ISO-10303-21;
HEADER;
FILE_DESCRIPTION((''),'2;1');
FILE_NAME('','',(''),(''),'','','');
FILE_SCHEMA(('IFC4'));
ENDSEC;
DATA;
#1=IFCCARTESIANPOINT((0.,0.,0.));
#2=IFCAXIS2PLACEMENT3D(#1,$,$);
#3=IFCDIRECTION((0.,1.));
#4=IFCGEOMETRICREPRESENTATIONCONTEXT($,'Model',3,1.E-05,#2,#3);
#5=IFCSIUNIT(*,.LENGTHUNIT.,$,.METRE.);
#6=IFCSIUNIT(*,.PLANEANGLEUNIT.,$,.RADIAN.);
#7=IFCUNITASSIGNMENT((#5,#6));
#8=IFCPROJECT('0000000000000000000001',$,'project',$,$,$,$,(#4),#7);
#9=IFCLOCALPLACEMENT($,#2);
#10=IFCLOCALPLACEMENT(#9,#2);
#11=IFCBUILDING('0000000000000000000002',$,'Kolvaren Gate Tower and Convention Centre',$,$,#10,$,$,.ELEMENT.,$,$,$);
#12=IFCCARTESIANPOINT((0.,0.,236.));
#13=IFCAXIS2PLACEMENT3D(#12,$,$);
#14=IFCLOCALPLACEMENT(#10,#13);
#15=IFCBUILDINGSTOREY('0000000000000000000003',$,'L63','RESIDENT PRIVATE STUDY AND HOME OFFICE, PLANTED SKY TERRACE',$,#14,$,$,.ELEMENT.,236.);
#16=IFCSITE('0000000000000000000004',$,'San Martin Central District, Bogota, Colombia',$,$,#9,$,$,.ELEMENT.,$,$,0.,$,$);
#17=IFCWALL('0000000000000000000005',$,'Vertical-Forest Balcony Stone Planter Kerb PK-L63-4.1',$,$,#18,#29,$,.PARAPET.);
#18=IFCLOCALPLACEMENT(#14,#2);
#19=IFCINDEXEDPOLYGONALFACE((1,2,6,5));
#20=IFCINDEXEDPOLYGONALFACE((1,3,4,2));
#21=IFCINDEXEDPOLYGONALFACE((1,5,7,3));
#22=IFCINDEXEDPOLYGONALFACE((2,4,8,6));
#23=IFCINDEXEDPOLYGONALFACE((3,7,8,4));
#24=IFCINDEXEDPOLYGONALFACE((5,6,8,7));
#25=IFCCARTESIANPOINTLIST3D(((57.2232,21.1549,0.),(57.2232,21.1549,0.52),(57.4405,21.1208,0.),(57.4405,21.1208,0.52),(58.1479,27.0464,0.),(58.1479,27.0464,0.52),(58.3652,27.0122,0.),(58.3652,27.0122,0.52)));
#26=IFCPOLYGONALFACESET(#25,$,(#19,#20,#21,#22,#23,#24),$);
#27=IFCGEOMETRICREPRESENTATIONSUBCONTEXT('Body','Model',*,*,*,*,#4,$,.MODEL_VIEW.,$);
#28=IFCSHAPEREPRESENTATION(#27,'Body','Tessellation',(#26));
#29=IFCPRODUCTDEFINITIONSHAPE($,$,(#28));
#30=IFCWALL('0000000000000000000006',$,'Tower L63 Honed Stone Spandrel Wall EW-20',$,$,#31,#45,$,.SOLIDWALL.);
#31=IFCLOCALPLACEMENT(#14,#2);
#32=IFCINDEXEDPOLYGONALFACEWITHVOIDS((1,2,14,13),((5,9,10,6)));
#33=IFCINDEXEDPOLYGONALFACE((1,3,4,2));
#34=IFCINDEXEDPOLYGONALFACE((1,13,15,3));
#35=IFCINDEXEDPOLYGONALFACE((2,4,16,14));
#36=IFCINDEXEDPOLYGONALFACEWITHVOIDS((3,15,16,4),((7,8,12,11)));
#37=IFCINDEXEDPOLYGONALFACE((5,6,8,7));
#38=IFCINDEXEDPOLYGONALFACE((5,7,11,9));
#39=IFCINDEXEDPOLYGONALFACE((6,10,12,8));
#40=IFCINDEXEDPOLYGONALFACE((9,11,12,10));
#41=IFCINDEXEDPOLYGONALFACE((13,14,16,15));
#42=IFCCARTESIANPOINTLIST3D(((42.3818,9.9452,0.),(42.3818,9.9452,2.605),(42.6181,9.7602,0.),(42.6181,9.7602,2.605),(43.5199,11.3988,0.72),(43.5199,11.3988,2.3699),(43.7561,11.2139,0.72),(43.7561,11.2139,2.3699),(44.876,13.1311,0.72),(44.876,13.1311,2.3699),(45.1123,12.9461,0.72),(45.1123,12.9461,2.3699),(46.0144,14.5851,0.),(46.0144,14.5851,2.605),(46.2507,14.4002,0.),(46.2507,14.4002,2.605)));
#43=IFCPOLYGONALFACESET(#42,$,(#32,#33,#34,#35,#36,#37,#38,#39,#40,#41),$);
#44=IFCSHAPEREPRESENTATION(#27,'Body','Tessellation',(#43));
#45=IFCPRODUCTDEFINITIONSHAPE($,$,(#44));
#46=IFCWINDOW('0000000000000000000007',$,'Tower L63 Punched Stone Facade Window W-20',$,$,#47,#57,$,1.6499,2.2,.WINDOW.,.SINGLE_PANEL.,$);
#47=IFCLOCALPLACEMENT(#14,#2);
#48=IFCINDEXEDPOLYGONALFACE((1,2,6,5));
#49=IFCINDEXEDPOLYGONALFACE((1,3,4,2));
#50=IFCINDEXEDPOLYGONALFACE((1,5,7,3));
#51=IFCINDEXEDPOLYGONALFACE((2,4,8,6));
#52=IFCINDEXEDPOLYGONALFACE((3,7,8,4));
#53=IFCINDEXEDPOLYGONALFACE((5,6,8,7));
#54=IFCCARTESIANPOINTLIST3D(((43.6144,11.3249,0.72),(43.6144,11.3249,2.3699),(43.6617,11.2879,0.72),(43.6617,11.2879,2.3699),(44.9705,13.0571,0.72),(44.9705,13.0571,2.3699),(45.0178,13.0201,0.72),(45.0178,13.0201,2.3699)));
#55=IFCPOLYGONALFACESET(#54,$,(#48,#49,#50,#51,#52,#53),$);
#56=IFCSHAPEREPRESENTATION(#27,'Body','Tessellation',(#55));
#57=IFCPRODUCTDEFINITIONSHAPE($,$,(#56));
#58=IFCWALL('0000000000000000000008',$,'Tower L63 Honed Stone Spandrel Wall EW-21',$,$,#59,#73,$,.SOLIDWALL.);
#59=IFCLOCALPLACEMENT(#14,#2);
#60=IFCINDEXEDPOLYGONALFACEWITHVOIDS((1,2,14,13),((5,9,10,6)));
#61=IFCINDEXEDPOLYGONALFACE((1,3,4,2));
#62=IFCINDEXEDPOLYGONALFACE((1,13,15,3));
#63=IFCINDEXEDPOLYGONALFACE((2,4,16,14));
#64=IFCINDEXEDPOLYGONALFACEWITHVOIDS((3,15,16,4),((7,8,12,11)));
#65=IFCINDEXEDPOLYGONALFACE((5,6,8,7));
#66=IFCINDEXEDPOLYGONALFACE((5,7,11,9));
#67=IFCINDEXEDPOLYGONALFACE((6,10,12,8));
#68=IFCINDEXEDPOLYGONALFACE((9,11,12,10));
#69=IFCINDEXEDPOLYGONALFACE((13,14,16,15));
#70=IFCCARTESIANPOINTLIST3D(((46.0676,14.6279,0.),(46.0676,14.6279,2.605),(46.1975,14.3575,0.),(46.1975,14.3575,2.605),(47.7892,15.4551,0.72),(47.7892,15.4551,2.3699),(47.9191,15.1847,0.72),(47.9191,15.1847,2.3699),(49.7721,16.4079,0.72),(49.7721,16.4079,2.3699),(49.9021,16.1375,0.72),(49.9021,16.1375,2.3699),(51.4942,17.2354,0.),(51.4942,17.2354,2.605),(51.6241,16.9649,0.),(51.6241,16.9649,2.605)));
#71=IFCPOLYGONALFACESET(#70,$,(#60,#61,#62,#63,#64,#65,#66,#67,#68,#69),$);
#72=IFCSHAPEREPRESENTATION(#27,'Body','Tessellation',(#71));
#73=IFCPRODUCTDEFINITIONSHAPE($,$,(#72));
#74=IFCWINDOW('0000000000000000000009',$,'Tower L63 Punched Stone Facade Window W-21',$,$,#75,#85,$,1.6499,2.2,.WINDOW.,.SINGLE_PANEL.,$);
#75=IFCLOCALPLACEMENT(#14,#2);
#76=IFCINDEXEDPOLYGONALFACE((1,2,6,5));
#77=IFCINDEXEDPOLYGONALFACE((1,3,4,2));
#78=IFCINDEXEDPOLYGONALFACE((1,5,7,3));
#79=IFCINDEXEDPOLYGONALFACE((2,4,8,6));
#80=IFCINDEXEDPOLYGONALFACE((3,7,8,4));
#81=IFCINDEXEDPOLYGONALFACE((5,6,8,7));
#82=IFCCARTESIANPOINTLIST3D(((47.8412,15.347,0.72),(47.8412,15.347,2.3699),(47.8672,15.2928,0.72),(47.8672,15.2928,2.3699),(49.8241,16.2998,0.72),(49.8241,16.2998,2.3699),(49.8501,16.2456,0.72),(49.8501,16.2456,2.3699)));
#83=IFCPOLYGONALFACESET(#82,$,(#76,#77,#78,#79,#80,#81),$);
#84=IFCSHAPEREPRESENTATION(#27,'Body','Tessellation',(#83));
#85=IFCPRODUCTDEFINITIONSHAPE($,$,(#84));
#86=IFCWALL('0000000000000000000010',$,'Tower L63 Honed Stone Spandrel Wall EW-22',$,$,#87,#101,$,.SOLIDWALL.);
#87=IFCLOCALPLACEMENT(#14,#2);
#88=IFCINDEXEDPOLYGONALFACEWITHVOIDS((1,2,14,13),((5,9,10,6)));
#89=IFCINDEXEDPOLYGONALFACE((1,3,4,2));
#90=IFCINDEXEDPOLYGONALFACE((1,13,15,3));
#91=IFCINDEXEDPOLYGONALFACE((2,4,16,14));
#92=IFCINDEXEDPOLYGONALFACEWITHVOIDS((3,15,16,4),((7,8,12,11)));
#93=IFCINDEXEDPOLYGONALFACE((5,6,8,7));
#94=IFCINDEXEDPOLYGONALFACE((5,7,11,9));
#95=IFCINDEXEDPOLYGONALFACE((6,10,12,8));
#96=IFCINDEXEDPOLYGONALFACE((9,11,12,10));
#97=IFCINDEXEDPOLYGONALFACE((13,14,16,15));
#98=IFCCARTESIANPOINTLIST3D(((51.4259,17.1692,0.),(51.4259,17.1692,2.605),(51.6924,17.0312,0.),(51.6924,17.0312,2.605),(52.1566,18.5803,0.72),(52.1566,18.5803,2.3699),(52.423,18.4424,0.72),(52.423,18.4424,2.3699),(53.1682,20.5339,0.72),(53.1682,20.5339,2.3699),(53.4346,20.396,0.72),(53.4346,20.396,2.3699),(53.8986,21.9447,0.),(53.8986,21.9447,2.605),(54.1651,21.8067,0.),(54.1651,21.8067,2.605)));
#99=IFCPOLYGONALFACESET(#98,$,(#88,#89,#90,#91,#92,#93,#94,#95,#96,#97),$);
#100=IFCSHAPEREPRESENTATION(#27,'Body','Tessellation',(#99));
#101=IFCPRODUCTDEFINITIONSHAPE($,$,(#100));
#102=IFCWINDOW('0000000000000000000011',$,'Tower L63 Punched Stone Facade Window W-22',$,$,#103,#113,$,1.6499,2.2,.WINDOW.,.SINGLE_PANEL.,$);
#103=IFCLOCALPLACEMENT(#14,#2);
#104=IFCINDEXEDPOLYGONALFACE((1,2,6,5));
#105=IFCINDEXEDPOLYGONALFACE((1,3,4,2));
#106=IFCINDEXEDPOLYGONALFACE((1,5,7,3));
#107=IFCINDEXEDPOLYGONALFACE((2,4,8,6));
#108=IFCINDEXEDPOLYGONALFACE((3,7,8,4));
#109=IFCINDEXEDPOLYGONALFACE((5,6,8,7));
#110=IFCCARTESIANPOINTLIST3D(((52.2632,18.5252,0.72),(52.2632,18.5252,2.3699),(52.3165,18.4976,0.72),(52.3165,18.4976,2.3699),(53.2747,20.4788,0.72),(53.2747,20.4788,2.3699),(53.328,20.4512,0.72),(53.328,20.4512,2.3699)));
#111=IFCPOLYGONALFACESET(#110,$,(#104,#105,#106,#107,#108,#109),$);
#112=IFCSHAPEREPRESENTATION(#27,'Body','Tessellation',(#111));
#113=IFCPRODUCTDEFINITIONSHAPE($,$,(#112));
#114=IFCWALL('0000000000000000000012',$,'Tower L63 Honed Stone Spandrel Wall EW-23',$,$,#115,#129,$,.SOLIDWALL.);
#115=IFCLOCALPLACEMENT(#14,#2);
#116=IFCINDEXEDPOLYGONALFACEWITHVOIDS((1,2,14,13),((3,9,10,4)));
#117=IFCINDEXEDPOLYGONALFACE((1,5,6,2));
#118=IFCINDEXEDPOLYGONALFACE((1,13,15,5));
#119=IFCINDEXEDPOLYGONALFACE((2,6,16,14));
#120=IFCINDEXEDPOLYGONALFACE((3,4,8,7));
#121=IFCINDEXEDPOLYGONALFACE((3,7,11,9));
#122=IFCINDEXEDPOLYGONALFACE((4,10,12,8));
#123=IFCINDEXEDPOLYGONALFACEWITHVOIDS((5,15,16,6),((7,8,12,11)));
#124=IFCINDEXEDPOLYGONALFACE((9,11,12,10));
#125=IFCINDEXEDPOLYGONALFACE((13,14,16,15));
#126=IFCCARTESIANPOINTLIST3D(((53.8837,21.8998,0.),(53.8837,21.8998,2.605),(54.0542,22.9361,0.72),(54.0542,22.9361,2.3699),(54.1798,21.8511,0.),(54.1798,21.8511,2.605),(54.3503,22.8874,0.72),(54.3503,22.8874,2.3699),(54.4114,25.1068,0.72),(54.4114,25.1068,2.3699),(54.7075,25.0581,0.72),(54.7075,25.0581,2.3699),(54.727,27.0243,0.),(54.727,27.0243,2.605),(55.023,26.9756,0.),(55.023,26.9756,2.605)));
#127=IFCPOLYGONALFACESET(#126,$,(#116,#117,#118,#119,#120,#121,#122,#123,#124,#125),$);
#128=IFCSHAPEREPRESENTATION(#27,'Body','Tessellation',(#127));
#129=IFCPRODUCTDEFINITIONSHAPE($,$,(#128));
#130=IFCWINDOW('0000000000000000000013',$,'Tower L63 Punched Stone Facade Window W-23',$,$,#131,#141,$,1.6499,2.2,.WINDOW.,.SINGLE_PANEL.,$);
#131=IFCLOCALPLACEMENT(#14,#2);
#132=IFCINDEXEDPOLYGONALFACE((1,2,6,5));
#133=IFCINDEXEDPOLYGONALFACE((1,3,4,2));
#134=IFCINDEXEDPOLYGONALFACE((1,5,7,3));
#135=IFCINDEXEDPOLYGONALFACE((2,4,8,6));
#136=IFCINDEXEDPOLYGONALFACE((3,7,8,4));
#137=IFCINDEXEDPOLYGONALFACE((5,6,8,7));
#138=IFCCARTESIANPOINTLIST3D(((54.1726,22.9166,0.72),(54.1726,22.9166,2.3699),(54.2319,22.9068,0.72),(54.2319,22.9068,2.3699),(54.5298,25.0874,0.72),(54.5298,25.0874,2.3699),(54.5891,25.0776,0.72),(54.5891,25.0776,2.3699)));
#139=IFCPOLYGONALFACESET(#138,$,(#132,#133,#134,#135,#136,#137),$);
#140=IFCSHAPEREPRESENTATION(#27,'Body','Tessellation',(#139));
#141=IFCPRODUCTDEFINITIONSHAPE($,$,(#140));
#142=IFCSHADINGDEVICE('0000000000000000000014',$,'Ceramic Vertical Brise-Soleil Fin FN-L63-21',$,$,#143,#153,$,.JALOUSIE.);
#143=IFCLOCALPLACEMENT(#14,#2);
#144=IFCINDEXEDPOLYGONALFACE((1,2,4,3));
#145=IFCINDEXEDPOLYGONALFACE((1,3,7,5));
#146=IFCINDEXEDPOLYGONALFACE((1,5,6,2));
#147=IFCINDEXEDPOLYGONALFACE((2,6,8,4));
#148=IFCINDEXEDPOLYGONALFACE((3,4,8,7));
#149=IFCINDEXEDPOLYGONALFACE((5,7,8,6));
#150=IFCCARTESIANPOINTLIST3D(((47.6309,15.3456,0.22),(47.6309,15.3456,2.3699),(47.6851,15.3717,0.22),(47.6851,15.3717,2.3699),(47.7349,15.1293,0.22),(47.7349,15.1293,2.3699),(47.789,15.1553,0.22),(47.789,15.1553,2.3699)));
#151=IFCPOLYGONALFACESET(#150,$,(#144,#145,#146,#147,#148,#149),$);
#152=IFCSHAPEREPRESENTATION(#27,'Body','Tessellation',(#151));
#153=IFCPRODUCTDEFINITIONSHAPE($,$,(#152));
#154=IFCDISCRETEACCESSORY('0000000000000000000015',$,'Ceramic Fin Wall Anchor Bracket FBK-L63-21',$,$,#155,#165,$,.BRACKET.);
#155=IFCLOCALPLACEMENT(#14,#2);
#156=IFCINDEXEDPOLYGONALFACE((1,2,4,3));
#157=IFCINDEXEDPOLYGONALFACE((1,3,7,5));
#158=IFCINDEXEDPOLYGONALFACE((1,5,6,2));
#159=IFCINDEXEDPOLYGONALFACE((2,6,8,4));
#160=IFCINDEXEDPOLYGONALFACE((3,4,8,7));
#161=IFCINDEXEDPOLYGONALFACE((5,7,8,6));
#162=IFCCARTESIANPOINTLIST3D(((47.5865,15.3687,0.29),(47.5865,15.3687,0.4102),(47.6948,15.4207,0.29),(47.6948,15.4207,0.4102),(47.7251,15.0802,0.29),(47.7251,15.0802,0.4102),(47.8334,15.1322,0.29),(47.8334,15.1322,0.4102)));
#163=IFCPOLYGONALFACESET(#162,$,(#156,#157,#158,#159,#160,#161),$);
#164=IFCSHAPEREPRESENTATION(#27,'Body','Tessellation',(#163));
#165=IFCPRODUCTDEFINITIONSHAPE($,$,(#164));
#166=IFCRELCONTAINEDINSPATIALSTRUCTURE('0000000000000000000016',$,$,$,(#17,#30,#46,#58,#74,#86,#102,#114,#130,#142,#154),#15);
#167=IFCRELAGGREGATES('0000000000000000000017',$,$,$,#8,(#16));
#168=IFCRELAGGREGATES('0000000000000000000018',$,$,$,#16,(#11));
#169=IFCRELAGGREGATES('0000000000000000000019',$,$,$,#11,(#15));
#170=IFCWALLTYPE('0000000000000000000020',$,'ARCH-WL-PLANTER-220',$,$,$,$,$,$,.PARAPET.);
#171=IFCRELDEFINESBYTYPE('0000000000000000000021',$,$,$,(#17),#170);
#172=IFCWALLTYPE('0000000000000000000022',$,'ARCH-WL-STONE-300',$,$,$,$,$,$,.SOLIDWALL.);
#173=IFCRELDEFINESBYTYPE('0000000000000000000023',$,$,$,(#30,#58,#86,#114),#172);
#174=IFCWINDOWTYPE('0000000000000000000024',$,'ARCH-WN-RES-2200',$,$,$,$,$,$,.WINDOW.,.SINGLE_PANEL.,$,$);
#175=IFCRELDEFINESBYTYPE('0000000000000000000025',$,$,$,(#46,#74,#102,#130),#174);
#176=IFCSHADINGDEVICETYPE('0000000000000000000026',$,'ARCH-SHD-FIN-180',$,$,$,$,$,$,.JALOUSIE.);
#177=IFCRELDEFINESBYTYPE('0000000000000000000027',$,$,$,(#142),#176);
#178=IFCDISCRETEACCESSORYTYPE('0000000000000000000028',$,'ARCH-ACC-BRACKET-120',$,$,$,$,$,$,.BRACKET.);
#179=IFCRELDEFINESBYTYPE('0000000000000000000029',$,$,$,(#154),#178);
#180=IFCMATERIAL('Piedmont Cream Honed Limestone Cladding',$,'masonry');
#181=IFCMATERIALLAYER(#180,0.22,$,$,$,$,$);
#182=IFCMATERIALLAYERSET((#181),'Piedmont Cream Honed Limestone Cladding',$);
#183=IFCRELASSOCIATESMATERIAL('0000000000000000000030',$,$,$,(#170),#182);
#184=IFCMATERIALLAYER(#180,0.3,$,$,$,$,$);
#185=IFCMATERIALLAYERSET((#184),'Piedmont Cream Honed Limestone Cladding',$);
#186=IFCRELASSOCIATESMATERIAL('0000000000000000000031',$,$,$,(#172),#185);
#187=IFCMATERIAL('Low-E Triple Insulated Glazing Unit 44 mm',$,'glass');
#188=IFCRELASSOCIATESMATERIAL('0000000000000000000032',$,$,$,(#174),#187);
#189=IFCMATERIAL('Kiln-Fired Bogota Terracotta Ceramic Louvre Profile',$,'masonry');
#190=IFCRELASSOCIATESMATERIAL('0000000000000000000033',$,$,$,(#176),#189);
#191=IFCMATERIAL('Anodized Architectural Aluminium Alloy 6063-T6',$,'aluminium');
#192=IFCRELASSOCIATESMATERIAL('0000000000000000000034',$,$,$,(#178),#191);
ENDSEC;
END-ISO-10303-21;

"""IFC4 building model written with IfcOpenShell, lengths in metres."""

from ifc_helpers import new_model, si_unit, direction, frame, frame_2d, origin, origin_2d, place, context, subcontext, project, spatial, rectangle, extrude, material, layer, layer_set, type_object, element, fill, save


model = new_model("IFC4")

# Units and contexts
model_context = context("Model", 3, precision=1e-05, world=origin(), true_north=direction((0.0, 1.0)))
body_context = subcontext(model_context, "Body", "Model", "MODEL_VIEW")
ifc_project = project(units=[si_unit("LENGTHUNIT", "METRE"), si_unit("PLANEANGLEUNIT", "RADIAN")], contexts=[model_context])

# Site, building, storey
site_placement = place(None, origin())
site = spatial("IfcSite", under=ifc_project, at=site_placement, Name="San Martin Central District, Bogota, Colombia", CompositionType="ELEMENT", RefElevation=0.0)
building_placement = place(site_placement, origin())
building = spatial("IfcBuilding", under=site, at=building_placement, Name="Kolvaren Gate Tower and Convention Centre", CompositionType="ELEMENT")
storey_placement = place(building_placement, frame((0.0, 0.0, 236.0)))
storey = spatial("IfcBuildingStorey", under=building, at=storey_placement, Name="L63", Description="RESIDENT PRIVATE STUDY AND HOME OFFICE, PLANTED SKY TERRACE", CompositionType="ELEMENT", Elevation=236.0)

# Wall
ifc_material_1 = material(Name="Piedmont Cream Honed Limestone Cladding", Category="masonry")
ifc_layer_1 = layer(ifc_material_1, 0.22)
ifc_layer_set_1 = layer_set([ifc_layer_1], Name="Piedmont Cream Honed Limestone Cladding")
wall_type_1 = type_object("IfcWallType", Name="ARCH-WL-PLANTER-220", PredefinedType="PARAPET", material=ifc_layer_set_1)
wall_1_placement = place(storey_placement, frame((57.3318, 21.1377, 0.0), z_axis=(0.0, 0.0, 1.0), x_axis=(0.155071, 0.987903, 0.0)))
element("IfcWall", 1, at=wall_1_placement, inside=storey, type_object=wall_type_1, Name="Vertical-Forest Balcony Stone Planter Kerb PK-L63-4.1", PredefinedType="PARAPET", context=body_context, shape_type="SweptSolid", body=[
    extrude(rectangle(XDim=5.9636, YDim=0.22, at=frame_2d((2.9819, 0.0))), origin(), (0.0, 0.0, 1.0), 0.52),
])

# Walls, openings, windows
ifc_layer_2 = layer(ifc_material_1, 0.3)
ifc_layer_set_2 = layer_set([ifc_layer_2], Name="Piedmont Cream Honed Limestone Cladding")
wall_type_2 = type_object("IfcWallType", Name="ARCH-WL-STONE-300", PredefinedType="SOLIDWALL", material=ifc_layer_set_2)
wall_2_placement = place(storey_placement, frame((42.5, 9.8528, 0.0), z_axis=(0.0, 0.0, 1.0), x_axis=(0.61645, 0.787394, 0.0)))
wall_2 = element("IfcWall", 2, at=wall_2_placement, inside=storey, type_object=wall_type_2, Name="Tower L63 Honed Stone Spandrel Wall EW-20", PredefinedType="SOLIDWALL", context=body_context, shape_type="SweptSolid", body=[
    extrude(rectangle(XDim=5.8928, YDim=0.3, at=frame_2d((2.9463, 0.0))), origin(), (0.0, 0.0, 1.0), 2.605),
])
opening_1_placement = place(wall_2_placement, frame((1.8459, 0.0, 0.72)))
opening_1 = element("IfcOpeningElement", 3, at=opening_1_placement, cuts=wall_2, PredefinedType="OPENING", context=body_context, shape_type="SweptSolid", body=[
    extrude(rectangle(XDim=2.2, YDim=1.6499, at=frame_2d((1.1001, 0.825))), frame((0.0, 0.1599, 0.0), z_axis=(0.0, -1.0, 0.0), x_axis=(1.0, 0.0, 0.0)), (0.0, 0.0, 1.0), 0.3201),
])
ifc_material_2 = material(Name="Low-E Triple Insulated Glazing Unit 44 mm", Category="glass")
window_type = type_object("IfcWindowType", Name="ARCH-WN-RES-2200", PartitioningType="SINGLE_PANEL", PredefinedType="WINDOW", material=ifc_material_2)
window_1_placement = place(opening_1_placement, origin())
window_1 = element("IfcWindow", 4, at=window_1_placement, inside=storey, type_object=window_type, Name="Tower L63 Punched Stone Facade Window W-20", OverallHeight=1.6499, OverallWidth=2.2, PartitioningType="SINGLE_PANEL", PredefinedType="WINDOW", context=body_context, shape_type="SweptSolid", body=[
    extrude(rectangle(XDim=2.2, YDim=1.6499, at=frame_2d((1.1001, 0.825))), frame((0.0, 0.03, 0.0), z_axis=(0.0, -1.0, 0.0), x_axis=(1.0, 0.0, 0.0)), (0.0, 0.0, 1.0), 0.0601),
])
fill(opening_1, window_1)
wall_3_placement = place(storey_placement, frame((46.1326, 14.4927, 0.0), z_axis=(0.0, 0.0, 1.0), x_axis=(0.901348, 0.433095, 0.0)))
wall_3 = element("IfcWall", 5, at=wall_3_placement, inside=storey, type_object=wall_type_2, Name="Tower L63 Honed Stone Spandrel Wall EW-21", PredefinedType="SOLIDWALL", context=body_context, shape_type="SweptSolid", body=[
    extrude(rectangle(XDim=6.0205, YDim=0.3, at=frame_2d((3.0103, 0.0))), origin(), (0.0, 0.0, 1.0), 2.605),
])
opening_2_placement = place(wall_3_placement, frame((1.9099, 0.0, 0.72)))
opening_2 = element("IfcOpeningElement", 6, at=opening_2_placement, cuts=wall_3, PredefinedType="OPENING", context=body_context, shape_type="SweptSolid", body=[
    extrude(rectangle(XDim=2.2, YDim=1.6499, at=frame_2d((1.1001, 0.825))), frame((0.0, 0.1599, 0.0), z_axis=(0.0, -1.0, 0.0), x_axis=(1.0, 0.0, 0.0)), (0.0, 0.0, 1.0), 0.3201),
])
window_2_placement = place(opening_2_placement, origin())
window_2 = element("IfcWindow", 7, at=window_2_placement, inside=storey, type_object=window_type, Name="Tower L63 Punched Stone Facade Window W-21", OverallHeight=1.6499, OverallWidth=2.2, PartitioningType="SINGLE_PANEL", PredefinedType="WINDOW", context=body_context, shape_type="SweptSolid", body=[
    extrude(rectangle(XDim=2.2, YDim=1.6499, at=frame_2d((1.1001, 0.825))), frame((0.0, 0.03, 0.0), z_axis=(0.0, -1.0, 0.0), x_axis=(1.0, 0.0, 0.0)), (0.0, 0.0, 1.0), 0.0601),
])
fill(opening_2, window_2)
wall_4_placement = place(storey_placement, frame((51.5591, 17.1001, 0.0), z_axis=(0.0, 0.0, 1.0), x_axis=(0.459808, 0.888018, 0.0)))
wall_4 = element("IfcWall", 8, at=wall_4_placement, inside=storey, type_object=wall_type_2, Name="Tower L63 Honed Stone Spandrel Wall EW-22", PredefinedType="SOLIDWALL", context=body_context, shape_type="SweptSolid", body=[
    extrude(rectangle(XDim=5.3777, YDim=0.3, at=frame_2d((2.689, 0.0))), origin(), (0.0, 0.0, 1.0), 2.605),
])
opening_3_placement = place(wall_4_placement, frame((1.5891, 0.0, 0.72)))
opening_3 = element("IfcOpeningElement", 9, at=opening_3_placement, cuts=wall_4, PredefinedType="OPENING", context=body_context, shape_type="SweptSolid", body=[
    extrude(rectangle(XDim=2.2, YDim=1.6499, at=frame_2d((1.1001, 0.825))), frame((0.0, 0.1599, 0.0), z_axis=(0.0, -1.0, 0.0), x_axis=(1.0, 0.0, 0.0)), (0.0, 0.0, 1.0), 0.3201),
])
window_3_placement = place(opening_3_placement, origin())
window_3 = element("IfcWindow", 10, at=window_3_placement, inside=storey, type_object=window_type, Name="Tower L63 Punched Stone Facade Window W-22", OverallHeight=1.6499, OverallWidth=2.2, PartitioningType="SINGLE_PANEL", PredefinedType="WINDOW", context=body_context, shape_type="SweptSolid", body=[
    extrude(rectangle(XDim=2.2, YDim=1.6499, at=frame_2d((1.1001, 0.825))), frame((0.0, 0.03, 0.0), z_axis=(0.0, -1.0, 0.0), x_axis=(1.0, 0.0, 0.0)), (0.0, 0.0, 1.0), 0.0601),
])
fill(opening_3, window_3)
wall_5_placement = place(storey_placement, frame((54.0317, 21.8755, 0.0), z_axis=(0.0, 0.0, 1.0), x_axis=(0.162371, 0.98673, 0.0)))
wall_5 = element("IfcWall", 11, at=wall_5_placement, inside=storey, type_object=wall_type_2, Name="Tower L63 Honed Stone Spandrel Wall EW-23", PredefinedType="SOLIDWALL", context=body_context, shape_type="SweptSolid", body=[
    extrude(rectangle(XDim=5.1934, YDim=0.3, at=frame_2d((2.5967, 0.0))), origin(), (0.0, 0.0, 1.0), 2.605),
])
opening_4_placement = place(wall_5_placement, frame((1.05, 0.0, 0.72)))
opening_4 = element("IfcOpeningElement", 12, at=opening_4_placement, cuts=wall_5, PredefinedType="OPENING", context=body_context, shape_type="SweptSolid", body=[
    extrude(rectangle(XDim=2.2, YDim=1.6499, at=frame_2d((1.1001, 0.825))), frame((0.0, 0.1599, 0.0), z_axis=(0.0, -1.0, 0.0), x_axis=(1.0, 0.0, 0.0)), (0.0, 0.0, 1.0), 0.3201),
])
window_4_placement = place(opening_4_placement, origin())
window_4 = element("IfcWindow", 13, at=window_4_placement, inside=storey, type_object=window_type, Name="Tower L63 Punched Stone Facade Window W-23", OverallHeight=1.6499, OverallWidth=2.2, PartitioningType="SINGLE_PANEL", PredefinedType="WINDOW", context=body_context, shape_type="SweptSolid", body=[
    extrude(rectangle(XDim=2.2, YDim=1.6499, at=frame_2d((1.1001, 0.825))), frame((0.0, 0.03, 0.0), z_axis=(0.0, -1.0, 0.0), x_axis=(1.0, 0.0, 0.0)), (0.0, 0.0, 1.0), 0.0601),
])
fill(opening_4, window_4)

# Shading device
ifc_material_3 = material(Name="Kiln-Fired Bogota Terracotta Ceramic Louvre Profile", Category="masonry")
shading_device_type = type_object("IfcShadingDeviceType", Name="ARCH-SHD-FIN-180", PredefinedType="JALOUSIE", material=ifc_material_3)
shading_device_placement = place(storey_placement, frame((47.71, 15.2505, 0.22), z_axis=(0.0, 0.0, 1.0), x_axis=(0.901359, 0.433072, 0.0)))
element("IfcShadingDevice", 14, at=shading_device_placement, inside=storey, type_object=shading_device_type, Name="Ceramic Vertical Brise-Soleil Fin FN-L63-21", PredefinedType="JALOUSIE", context=body_context, shape_type="SweptSolid", body=[
    extrude(rectangle(XDim=0.0601, YDim=0.24, at=origin_2d()), origin(), (0.0, 0.0, 1.0), 2.1499),
])

# Discrete accessory
ifc_material_4 = material(Name="Anodized Architectural Aluminium Alloy 6063-T6", Category="aluminium")
discrete_accessory_type = type_object("IfcDiscreteAccessoryType", Name="ARCH-ACC-BRACKET-120", PredefinedType="BRACKET", material=ifc_material_4)
discrete_accessory_placement = place(storey_placement, frame((47.71, 15.2505, 0.29), z_axis=(0.0, 0.0, 1.0), x_axis=(0.901359, 0.433072, 0.0)))
element("IfcDiscreteAccessory", 15, at=discrete_accessory_placement, inside=storey, type_object=discrete_accessory_type, Name="Ceramic Fin Wall Anchor Bracket FBK-L63-21", PredefinedType="BRACKET", context=body_context, shape_type="SweptSolid", body=[
    extrude(rectangle(XDim=0.1201, YDim=0.3201, at=origin_2d()), origin(), (0.0, 0.0, 1.0), 0.1201),
])

save(model, "model.ifc")
